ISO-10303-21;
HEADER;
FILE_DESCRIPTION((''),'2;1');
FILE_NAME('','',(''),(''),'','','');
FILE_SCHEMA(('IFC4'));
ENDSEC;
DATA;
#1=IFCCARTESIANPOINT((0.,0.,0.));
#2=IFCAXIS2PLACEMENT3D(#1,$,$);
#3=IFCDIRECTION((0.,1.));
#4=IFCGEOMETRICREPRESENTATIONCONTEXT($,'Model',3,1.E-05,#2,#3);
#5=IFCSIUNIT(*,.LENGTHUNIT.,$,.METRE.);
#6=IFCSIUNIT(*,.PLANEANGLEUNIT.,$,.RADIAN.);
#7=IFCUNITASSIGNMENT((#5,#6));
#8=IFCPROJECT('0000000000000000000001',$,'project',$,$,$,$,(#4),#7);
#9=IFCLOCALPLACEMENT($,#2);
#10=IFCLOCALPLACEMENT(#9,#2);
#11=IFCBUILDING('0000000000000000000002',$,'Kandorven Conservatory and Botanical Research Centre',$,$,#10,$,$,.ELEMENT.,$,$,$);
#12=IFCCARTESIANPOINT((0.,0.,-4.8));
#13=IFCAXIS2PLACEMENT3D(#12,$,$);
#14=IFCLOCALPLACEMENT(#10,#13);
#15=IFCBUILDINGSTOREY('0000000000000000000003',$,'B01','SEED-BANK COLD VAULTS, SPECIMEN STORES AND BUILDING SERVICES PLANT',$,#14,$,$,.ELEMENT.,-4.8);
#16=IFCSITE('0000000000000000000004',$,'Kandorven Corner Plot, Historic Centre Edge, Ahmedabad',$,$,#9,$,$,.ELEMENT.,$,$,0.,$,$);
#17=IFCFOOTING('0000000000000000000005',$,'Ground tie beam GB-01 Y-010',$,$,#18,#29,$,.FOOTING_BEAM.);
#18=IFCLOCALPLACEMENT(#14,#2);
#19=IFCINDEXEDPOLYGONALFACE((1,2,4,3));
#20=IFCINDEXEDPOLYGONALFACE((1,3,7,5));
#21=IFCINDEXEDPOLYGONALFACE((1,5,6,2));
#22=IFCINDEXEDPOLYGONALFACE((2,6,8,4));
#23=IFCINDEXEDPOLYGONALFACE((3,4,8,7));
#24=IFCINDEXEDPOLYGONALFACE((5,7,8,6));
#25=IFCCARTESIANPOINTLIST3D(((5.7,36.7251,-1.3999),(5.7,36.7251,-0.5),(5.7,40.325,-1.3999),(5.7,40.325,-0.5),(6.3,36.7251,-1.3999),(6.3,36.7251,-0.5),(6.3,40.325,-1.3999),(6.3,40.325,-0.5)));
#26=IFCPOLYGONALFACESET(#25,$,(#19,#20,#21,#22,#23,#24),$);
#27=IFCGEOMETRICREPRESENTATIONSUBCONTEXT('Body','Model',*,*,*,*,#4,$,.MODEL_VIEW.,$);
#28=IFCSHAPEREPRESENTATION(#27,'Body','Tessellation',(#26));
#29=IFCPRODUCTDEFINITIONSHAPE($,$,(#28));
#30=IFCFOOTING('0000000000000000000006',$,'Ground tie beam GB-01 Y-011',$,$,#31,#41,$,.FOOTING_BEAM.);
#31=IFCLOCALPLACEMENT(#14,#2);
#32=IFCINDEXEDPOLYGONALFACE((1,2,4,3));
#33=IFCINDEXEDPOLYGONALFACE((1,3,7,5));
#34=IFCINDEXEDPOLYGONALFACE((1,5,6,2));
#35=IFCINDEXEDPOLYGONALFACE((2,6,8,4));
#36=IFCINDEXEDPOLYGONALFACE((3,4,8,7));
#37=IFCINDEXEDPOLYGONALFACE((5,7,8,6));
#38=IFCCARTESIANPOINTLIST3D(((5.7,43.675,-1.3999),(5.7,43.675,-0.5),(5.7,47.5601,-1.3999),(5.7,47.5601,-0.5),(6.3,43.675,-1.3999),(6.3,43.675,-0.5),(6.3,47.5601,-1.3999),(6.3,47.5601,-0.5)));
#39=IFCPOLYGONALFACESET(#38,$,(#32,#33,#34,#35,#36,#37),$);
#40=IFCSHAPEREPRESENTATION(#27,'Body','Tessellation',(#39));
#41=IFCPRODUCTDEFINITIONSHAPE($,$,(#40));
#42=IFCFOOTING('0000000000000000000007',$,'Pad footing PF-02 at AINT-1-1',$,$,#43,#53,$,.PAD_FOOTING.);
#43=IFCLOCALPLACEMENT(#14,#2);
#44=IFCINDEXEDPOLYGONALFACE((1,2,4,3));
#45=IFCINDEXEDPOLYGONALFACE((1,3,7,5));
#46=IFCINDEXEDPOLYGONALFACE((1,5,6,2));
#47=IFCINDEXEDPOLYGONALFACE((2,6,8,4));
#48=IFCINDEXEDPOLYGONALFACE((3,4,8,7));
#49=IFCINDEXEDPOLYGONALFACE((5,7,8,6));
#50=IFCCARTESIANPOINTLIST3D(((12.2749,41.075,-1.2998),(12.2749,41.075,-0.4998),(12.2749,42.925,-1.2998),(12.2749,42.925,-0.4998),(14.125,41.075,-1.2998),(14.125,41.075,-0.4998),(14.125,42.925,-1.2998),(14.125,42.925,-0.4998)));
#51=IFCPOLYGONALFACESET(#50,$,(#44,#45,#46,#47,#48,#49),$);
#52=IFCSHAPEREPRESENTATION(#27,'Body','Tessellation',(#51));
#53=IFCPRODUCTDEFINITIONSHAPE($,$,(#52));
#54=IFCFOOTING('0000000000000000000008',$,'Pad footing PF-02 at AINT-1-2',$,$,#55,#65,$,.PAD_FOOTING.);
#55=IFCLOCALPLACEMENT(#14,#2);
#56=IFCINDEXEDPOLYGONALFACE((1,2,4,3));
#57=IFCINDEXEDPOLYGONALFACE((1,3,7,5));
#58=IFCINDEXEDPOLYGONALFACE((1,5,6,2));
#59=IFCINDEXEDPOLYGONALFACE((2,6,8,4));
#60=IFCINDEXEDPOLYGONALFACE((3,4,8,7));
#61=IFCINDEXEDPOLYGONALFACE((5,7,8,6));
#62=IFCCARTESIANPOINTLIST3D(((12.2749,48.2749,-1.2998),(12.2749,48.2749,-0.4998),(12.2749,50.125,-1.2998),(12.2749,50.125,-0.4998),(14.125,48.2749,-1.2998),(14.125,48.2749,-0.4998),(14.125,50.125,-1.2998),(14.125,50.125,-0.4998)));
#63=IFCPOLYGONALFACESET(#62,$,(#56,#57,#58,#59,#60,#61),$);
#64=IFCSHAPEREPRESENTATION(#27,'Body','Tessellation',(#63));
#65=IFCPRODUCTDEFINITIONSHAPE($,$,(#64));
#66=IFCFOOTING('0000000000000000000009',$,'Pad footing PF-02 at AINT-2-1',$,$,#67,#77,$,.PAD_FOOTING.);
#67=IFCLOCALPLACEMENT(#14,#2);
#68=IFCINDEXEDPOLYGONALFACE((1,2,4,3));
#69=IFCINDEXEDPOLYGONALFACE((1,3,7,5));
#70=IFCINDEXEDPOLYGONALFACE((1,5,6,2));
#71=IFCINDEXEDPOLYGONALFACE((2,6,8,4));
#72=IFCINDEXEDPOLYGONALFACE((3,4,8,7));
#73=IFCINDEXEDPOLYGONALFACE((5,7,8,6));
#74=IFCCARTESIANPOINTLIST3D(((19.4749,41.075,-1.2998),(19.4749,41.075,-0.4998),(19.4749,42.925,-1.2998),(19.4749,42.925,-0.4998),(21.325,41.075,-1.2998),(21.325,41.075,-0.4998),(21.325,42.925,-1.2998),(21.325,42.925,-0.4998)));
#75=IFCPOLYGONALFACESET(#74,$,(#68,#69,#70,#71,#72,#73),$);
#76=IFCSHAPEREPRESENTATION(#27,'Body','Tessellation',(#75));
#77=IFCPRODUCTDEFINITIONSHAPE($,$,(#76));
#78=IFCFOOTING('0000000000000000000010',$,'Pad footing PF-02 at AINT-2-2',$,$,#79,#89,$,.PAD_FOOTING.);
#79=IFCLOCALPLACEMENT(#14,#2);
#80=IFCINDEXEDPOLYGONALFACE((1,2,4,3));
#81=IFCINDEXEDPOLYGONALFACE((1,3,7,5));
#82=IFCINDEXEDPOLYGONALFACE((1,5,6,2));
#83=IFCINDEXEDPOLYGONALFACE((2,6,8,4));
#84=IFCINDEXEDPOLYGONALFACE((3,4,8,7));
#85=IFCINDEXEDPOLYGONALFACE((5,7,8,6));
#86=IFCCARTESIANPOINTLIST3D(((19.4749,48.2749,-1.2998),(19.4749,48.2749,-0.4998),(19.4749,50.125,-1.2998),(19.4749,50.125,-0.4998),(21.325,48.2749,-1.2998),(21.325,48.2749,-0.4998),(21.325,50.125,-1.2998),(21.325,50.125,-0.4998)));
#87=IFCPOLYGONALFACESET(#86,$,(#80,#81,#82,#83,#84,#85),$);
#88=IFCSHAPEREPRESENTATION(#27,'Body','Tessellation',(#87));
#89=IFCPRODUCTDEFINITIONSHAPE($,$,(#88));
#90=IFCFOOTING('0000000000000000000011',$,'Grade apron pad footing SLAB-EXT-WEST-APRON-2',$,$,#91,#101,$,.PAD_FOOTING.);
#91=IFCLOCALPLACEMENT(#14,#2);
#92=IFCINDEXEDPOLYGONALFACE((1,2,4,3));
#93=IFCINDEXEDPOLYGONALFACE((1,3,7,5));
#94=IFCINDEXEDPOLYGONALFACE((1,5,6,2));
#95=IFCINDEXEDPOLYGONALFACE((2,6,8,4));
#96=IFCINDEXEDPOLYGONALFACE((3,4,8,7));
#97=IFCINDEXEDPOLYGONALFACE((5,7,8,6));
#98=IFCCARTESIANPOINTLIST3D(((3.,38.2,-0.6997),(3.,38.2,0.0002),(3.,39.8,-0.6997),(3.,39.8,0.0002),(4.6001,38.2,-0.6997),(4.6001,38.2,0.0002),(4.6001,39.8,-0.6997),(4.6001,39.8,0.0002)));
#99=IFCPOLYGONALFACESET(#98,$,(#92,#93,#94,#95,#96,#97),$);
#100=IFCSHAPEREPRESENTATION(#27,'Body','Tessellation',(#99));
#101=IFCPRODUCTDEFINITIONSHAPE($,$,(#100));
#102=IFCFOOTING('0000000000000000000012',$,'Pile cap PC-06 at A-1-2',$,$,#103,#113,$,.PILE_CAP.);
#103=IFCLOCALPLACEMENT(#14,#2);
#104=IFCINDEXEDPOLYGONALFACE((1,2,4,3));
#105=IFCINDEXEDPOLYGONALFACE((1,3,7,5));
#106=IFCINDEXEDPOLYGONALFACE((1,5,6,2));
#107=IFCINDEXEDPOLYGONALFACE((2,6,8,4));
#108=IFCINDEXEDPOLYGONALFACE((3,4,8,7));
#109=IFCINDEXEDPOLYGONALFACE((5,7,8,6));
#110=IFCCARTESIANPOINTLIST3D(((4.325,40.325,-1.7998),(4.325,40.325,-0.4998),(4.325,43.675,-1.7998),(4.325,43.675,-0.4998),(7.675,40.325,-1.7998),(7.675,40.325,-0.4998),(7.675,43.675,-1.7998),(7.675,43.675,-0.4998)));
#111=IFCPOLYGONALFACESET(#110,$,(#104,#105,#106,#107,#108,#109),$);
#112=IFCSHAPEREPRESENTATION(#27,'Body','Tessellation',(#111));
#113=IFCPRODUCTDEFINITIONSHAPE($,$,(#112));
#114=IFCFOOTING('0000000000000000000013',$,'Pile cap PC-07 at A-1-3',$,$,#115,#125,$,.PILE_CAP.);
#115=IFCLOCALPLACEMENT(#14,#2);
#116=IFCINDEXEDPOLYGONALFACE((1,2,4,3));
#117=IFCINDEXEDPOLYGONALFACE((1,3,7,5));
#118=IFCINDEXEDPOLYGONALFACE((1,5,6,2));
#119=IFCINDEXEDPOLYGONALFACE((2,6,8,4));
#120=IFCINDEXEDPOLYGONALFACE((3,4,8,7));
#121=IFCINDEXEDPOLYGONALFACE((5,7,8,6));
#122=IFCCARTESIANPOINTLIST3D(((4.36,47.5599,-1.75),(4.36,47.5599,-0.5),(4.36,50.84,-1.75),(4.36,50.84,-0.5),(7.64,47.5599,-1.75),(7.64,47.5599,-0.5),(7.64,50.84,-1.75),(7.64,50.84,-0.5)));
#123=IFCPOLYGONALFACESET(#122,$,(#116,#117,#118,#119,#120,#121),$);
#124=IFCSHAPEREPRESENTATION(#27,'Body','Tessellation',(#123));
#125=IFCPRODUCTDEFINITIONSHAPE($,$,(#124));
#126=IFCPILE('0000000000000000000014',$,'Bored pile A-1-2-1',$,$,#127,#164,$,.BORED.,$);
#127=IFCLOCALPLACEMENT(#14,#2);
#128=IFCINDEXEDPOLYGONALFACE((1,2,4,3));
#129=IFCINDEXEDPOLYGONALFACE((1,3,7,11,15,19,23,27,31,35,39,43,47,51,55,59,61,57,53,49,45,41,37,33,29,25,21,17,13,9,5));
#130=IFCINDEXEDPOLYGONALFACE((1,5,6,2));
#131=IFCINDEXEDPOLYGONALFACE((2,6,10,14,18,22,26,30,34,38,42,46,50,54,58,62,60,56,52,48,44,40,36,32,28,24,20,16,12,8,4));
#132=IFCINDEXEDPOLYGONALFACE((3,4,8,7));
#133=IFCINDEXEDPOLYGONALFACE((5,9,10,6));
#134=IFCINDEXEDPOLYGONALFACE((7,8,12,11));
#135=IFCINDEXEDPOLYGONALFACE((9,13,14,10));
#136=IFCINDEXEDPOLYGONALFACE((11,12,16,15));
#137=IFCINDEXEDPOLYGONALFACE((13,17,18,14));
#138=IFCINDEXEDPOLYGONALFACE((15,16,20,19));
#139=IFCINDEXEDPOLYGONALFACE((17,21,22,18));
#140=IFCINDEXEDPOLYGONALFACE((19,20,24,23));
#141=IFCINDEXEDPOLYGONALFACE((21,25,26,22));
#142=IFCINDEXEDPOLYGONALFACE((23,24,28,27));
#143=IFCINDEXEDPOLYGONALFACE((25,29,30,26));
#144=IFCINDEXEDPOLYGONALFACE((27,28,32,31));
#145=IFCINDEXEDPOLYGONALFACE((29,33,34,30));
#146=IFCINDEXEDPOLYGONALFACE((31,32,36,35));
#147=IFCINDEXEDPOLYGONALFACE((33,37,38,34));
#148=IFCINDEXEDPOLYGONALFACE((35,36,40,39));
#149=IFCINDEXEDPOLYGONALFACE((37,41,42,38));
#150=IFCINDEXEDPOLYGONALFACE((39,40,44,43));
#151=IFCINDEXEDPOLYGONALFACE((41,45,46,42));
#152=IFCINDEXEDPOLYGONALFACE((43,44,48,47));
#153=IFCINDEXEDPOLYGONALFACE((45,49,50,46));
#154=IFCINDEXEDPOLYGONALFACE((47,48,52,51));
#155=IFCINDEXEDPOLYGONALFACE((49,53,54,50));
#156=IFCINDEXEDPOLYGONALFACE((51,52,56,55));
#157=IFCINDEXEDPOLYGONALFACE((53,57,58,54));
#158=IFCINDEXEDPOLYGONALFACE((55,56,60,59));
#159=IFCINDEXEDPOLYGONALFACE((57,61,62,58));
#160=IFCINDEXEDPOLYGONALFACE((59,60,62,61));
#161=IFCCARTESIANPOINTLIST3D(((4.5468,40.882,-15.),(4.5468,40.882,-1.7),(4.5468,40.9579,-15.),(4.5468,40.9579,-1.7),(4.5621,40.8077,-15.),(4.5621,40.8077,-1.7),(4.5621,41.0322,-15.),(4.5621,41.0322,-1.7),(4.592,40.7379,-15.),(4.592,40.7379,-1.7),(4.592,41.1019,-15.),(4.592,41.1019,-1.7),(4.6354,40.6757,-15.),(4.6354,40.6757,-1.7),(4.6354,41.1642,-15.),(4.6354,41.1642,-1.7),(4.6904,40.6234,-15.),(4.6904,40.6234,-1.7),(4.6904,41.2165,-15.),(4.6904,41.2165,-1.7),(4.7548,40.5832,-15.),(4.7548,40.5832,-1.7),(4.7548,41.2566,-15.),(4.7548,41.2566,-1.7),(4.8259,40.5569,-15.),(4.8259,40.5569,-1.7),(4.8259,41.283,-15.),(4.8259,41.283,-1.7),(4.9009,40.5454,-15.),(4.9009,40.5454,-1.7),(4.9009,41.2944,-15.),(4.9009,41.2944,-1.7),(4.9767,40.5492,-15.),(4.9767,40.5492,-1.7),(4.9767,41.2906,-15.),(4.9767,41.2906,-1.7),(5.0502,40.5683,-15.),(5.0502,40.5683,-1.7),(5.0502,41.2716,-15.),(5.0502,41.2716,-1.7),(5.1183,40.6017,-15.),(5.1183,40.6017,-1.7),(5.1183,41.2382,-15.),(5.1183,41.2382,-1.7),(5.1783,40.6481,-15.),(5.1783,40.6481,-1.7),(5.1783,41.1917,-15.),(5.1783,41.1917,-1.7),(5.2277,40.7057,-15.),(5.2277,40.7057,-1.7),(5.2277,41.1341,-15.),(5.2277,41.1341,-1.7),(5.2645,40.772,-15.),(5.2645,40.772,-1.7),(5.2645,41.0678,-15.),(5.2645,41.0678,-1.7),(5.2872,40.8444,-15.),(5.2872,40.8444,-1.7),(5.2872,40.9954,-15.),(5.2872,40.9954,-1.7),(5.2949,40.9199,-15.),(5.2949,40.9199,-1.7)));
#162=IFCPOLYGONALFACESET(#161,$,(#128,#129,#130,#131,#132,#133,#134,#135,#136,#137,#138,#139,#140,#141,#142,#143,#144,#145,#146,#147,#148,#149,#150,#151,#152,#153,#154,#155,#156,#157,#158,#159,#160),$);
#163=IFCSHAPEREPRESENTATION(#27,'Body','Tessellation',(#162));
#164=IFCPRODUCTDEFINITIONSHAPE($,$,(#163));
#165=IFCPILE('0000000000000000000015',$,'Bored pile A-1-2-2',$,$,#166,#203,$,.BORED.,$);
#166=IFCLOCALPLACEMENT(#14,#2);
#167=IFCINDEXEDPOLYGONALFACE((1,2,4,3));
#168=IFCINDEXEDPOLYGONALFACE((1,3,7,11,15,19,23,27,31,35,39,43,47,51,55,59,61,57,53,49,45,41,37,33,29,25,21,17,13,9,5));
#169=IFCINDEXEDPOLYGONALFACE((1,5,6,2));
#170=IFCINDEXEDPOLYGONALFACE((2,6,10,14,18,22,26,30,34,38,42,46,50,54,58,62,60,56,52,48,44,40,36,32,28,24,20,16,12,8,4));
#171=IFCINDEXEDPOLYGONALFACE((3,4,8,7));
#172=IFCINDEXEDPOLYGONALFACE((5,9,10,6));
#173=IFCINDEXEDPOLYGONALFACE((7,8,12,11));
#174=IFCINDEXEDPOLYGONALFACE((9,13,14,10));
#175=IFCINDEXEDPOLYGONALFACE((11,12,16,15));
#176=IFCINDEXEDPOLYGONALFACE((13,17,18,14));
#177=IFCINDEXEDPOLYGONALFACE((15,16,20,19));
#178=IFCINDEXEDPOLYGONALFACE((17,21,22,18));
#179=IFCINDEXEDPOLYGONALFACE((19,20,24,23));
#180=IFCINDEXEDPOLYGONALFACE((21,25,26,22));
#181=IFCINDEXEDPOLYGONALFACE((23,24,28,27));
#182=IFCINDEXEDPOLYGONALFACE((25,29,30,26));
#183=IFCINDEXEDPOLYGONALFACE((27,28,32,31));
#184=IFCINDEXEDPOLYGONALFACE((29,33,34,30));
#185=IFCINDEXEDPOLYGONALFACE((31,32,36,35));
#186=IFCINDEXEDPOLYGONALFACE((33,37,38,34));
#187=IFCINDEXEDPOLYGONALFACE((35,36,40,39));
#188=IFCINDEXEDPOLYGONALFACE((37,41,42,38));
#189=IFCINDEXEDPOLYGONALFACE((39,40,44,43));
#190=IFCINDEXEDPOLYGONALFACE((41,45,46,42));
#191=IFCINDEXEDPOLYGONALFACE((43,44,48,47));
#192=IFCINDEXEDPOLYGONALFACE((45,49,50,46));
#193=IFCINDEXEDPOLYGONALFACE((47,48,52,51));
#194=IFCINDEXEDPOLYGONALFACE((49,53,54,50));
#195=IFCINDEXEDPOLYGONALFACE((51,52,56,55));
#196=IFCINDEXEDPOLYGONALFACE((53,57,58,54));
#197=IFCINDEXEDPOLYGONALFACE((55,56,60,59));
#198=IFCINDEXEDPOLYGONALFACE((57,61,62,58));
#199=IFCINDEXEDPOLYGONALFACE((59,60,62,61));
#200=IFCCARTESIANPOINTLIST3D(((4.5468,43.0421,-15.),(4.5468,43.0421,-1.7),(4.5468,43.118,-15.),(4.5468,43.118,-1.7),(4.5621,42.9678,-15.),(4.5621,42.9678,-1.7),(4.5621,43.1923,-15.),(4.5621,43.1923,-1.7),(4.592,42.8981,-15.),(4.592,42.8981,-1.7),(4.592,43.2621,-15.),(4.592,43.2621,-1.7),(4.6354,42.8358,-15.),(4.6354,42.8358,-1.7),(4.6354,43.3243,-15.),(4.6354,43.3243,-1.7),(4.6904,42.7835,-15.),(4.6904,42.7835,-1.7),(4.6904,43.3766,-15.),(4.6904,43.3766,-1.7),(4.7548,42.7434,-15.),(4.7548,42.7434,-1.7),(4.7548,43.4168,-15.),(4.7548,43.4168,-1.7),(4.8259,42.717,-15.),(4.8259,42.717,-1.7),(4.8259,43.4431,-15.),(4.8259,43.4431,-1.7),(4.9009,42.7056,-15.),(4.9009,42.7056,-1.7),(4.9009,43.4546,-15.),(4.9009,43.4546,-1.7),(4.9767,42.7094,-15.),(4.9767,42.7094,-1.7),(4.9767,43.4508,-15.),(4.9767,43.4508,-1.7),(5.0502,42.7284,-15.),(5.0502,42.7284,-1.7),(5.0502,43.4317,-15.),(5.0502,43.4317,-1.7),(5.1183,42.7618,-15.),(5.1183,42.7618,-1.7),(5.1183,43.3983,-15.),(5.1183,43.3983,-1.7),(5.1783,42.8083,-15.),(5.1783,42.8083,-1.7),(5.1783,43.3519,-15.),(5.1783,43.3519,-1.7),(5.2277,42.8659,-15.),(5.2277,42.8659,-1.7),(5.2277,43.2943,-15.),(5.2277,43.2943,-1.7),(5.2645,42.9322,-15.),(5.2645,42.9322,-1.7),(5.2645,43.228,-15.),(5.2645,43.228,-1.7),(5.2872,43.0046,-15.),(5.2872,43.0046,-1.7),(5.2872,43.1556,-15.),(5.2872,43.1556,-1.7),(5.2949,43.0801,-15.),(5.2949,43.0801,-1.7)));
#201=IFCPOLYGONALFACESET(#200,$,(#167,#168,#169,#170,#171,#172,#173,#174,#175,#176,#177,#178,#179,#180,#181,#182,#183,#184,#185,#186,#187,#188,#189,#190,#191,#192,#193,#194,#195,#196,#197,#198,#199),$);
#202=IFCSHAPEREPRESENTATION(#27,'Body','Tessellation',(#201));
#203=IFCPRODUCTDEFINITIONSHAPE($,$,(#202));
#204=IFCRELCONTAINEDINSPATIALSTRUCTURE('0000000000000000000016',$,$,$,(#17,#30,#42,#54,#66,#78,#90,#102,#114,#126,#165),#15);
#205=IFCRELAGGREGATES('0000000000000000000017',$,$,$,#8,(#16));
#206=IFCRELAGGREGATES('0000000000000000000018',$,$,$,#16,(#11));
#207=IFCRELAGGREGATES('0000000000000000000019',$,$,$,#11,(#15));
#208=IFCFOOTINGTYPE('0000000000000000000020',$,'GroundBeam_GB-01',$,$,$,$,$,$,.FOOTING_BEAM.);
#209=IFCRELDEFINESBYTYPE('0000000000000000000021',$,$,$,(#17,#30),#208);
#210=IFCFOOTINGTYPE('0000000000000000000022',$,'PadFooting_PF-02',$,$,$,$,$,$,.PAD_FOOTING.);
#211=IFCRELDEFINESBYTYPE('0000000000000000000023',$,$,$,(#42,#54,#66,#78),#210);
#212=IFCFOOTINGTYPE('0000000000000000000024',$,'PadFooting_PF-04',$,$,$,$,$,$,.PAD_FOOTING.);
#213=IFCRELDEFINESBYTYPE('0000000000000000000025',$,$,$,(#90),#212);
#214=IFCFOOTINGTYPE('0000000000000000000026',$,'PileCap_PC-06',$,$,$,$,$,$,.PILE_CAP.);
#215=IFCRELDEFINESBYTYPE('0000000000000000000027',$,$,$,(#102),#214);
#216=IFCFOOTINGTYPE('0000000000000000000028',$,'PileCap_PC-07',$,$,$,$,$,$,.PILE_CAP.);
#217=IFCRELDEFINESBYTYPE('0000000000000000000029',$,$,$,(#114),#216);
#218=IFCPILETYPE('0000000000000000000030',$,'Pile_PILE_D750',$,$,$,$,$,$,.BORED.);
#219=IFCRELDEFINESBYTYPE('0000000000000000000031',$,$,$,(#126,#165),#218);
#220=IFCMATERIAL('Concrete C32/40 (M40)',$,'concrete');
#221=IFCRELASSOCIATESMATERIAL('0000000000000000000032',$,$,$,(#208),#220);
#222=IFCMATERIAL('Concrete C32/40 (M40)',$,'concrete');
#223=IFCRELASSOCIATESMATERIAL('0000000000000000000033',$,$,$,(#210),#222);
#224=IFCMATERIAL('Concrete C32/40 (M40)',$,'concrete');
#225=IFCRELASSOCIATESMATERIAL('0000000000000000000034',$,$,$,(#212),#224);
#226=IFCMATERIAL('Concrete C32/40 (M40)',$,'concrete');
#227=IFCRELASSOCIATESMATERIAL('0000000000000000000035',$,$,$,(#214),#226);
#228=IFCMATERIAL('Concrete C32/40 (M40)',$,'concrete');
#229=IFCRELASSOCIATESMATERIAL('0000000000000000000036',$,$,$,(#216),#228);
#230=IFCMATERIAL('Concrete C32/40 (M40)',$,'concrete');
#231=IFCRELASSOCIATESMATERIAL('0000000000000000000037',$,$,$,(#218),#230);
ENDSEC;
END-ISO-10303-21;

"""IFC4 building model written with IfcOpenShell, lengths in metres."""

from ifc_helpers import new_model, si_unit, direction, frame, origin, origin_2d, place, context, subcontext, project, spatial, rectangle, circle, extrude, material, material_profile, profile_set, type_object, element, save


model = new_model("IFC4")

# Units and contexts
model_context = context("Model", 3, precision=1e-05, world=origin(), true_north=direction((0.0, 1.0)))
body_context = subcontext(model_context, "Body", "Model", "MODEL_VIEW")
ifc_project = project(units=[si_unit("LENGTHUNIT", "METRE"), si_unit("PLANEANGLEUNIT", "RADIAN")], contexts=[model_context])

# Site, building, storey
site_placement = place(None, origin())
site = spatial("IfcSite", under=ifc_project, at=site_placement, Name="Kandorven Corner Plot, Historic Centre Edge, Ahmedabad", CompositionType="ELEMENT", RefElevation=0.0)
building_placement = place(site_placement, origin())
building = spatial("IfcBuilding", under=site, at=building_placement, Name="Kandorven Conservatory and Botanical Research Centre", CompositionType="ELEMENT")
storey_placement = place(building_placement, frame((0.0, 0.0, -4.8)))
storey = spatial("IfcBuildingStorey", under=building, at=storey_placement, Name="B01", Description="SEED-BANK COLD VAULTS, SPECIMEN STORES AND BUILDING SERVICES PLANT", CompositionType="ELEMENT", Elevation=-4.8)

# Footings
ifc_material_1 = material(Name="Concrete C32/40 (M40)", Category="concrete")
ifc_material_profile_1 = material_profile(ifc_material_1, rectangle(XDim=0.6001, YDim=0.8999, at=origin_2d()))
ifc_profile_set_1 = profile_set([ifc_material_profile_1], Name="Concrete C32/40 (M40)")
footing_type_1 = type_object("IfcFootingType", Name="GroundBeam_GB-01", PredefinedType="FOOTING_BEAM", material=ifc_profile_set_1)
footing_1_placement = place(storey_placement, frame((6.0, 36.7251, -0.95), z_axis=(0.0, 1.0, 0.0), x_axis=(-1.0, 0.0, 0.0)))
element("IfcFooting", 1, at=footing_1_placement, inside=storey, type_object=footing_type_1, Name="Ground tie beam GB-01 Y-010", PredefinedType="FOOTING_BEAM", context=body_context, shape_type="SweptSolid", body=[
    extrude(rectangle(XDim=0.6001, YDim=0.8999, at=origin_2d()), origin(), (0.0, 0.0, 1.0), 3.5999),
])
footing_2_placement = place(storey_placement, frame((6.0, 43.675, -0.95), z_axis=(0.0, 1.0, 0.0), x_axis=(-1.0, 0.0, 0.0)))
element("IfcFooting", 2, at=footing_2_placement, inside=storey, type_object=footing_type_1, Name="Ground tie beam GB-01 Y-011", PredefinedType="FOOTING_BEAM", context=body_context, shape_type="SweptSolid", body=[
    extrude(rectangle(XDim=0.6001, YDim=0.8999, at=origin_2d()), origin(), (0.0, 0.0, 1.0), 3.885),
])
ifc_material_2 = material(Name="Concrete C32/40 (M40)", Category="concrete")
footing_type_2 = type_object("IfcFootingType", Name="PadFooting_PF-02", PredefinedType="PAD_FOOTING", material=ifc_material_2)
for number, where, z_axis, x_axis, name in (
    (3, (13.2, 42.0, -1.2998), (0.0, 0.0, 1.0), (1.0, 0.0, 0.0), "Pad footing PF-02 at AINT-1-1"),
    (4, (13.2, 49.2, -1.2998), (0.0, 0.0, 1.0), (1.0, 0.0, 0.0), "Pad footing PF-02 at AINT-1-2"),
    (5, (20.3999, 42.0, -1.2998), (0.0, 0.0, 1.0), (1.0, 0.0, 0.0), "Pad footing PF-02 at AINT-2-1"),
    (6, (20.3999, 49.2, -1.2998), (0.0, 0.0, 1.0), (1.0, 0.0, 0.0), "Pad footing PF-02 at AINT-2-2"),
):
    element("IfcFooting", number, at=place(storey_placement, frame(where, z_axis=z_axis, x_axis=x_axis)), inside=storey, type_object=footing_type_2, Name=name, PredefinedType="PAD_FOOTING", context=body_context, shape_type="SweptSolid", body=[
        extrude(rectangle(XDim=1.8501, YDim=1.8501, at=origin_2d()), origin(), (0.0, 0.0, 1.0), 0.8),
    ])
ifc_material_3 = material(Name="Concrete C32/40 (M40)", Category="concrete")
footing_type_3 = type_object("IfcFootingType", Name="PadFooting_PF-04", PredefinedType="PAD_FOOTING", material=ifc_material_3)
footing_3_placement = place(storey_placement, frame((3.8, 39.0, -0.6997), z_axis=(0.0, 0.0, 1.0), x_axis=(1.0, 0.0, 0.0)))
element("IfcFooting", 7, at=footing_3_placement, inside=storey, type_object=footing_type_3, Name="Grade apron pad footing SLAB-EXT-WEST-APRON-2", PredefinedType="PAD_FOOTING", context=body_context, shape_type="SweptSolid", body=[
    extrude(rectangle(XDim=1.6001, YDim=1.6001, at=origin_2d()), origin(), (0.0, 0.0, 1.0), 0.7),
])
ifc_material_4 = material(Name="Concrete C32/40 (M40)", Category="concrete")
footing_type_4 = type_object("IfcFootingType", Name="PileCap_PC-06", PredefinedType="PILE_CAP", material=ifc_material_4)
footing_4_placement = place(storey_placement, frame((6.0, 42.0, -1.7998), z_axis=(0.0, 0.0, 1.0), x_axis=(1.0, 0.0, 0.0)))
element("IfcFooting", 8, at=footing_4_placement, inside=storey, type_object=footing_type_4, Name="Pile cap PC-06 at A-1-2", PredefinedType="PILE_CAP", context=body_context, shape_type="SweptSolid", body=[
    extrude(rectangle(XDim=3.3501, YDim=3.3501, at=origin_2d()), origin(), (0.0, 0.0, 1.0), 1.3),
])
ifc_material_5 = material(Name="Concrete C32/40 (M40)", Category="concrete")
footing_type_5 = type_object("IfcFootingType", Name="PileCap_PC-07", PredefinedType="PILE_CAP", material=ifc_material_5)
footing_5_placement = place(storey_placement, frame((6.0, 49.2, -1.75), z_axis=(0.0, 0.0, 1.0), x_axis=(1.0, 0.0, 0.0)))
element("IfcFooting", 9, at=footing_5_placement, inside=storey, type_object=footing_type_5, Name="Pile cap PC-07 at A-1-3", PredefinedType="PILE_CAP", context=body_context, shape_type="SweptSolid", body=[
    extrude(rectangle(XDim=3.28, YDim=3.28, at=origin_2d()), origin(), (0.0, 0.0, 1.0), 1.25),
])

# Piles
ifc_material_6 = material(Name="Concrete C32/40 (M40)", Category="concrete")
ifc_material_profile_2 = material_profile(ifc_material_6, circle(Radius=0.375, at=origin_2d()))
ifc_profile_set_2 = profile_set([ifc_material_profile_2], Name="Concrete C32/40 (M40)")
pile_type = type_object("IfcPileType", Name="Pile_PILE_D750", PredefinedType="BORED", material=ifc_profile_set_2)
for number, where, z_axis, x_axis, name in (
    (10, (4.9199, 40.9199, -1.7), (0.0, 0.0, -1.0), (1.0, 0.0, 0.0), "Bored pile A-1-2-1"),
    (11, (4.9199, 43.0801, -1.7), (0.0, 0.0, -1.0), (1.0, 0.0, 0.0), "Bored pile A-1-2-2"),
):
    element("IfcPile", number, at=place(storey_placement, frame(where, z_axis=z_axis, x_axis=x_axis)), inside=storey, type_object=pile_type, Name=name, PredefinedType="BORED", context=body_context, shape_type="SweptSolid", body=[
        extrude(circle(Radius=0.375, at=origin_2d()), origin(), (0.0, 0.0, 1.0), 13.3),
    ])

save(model, "model.ifc")
